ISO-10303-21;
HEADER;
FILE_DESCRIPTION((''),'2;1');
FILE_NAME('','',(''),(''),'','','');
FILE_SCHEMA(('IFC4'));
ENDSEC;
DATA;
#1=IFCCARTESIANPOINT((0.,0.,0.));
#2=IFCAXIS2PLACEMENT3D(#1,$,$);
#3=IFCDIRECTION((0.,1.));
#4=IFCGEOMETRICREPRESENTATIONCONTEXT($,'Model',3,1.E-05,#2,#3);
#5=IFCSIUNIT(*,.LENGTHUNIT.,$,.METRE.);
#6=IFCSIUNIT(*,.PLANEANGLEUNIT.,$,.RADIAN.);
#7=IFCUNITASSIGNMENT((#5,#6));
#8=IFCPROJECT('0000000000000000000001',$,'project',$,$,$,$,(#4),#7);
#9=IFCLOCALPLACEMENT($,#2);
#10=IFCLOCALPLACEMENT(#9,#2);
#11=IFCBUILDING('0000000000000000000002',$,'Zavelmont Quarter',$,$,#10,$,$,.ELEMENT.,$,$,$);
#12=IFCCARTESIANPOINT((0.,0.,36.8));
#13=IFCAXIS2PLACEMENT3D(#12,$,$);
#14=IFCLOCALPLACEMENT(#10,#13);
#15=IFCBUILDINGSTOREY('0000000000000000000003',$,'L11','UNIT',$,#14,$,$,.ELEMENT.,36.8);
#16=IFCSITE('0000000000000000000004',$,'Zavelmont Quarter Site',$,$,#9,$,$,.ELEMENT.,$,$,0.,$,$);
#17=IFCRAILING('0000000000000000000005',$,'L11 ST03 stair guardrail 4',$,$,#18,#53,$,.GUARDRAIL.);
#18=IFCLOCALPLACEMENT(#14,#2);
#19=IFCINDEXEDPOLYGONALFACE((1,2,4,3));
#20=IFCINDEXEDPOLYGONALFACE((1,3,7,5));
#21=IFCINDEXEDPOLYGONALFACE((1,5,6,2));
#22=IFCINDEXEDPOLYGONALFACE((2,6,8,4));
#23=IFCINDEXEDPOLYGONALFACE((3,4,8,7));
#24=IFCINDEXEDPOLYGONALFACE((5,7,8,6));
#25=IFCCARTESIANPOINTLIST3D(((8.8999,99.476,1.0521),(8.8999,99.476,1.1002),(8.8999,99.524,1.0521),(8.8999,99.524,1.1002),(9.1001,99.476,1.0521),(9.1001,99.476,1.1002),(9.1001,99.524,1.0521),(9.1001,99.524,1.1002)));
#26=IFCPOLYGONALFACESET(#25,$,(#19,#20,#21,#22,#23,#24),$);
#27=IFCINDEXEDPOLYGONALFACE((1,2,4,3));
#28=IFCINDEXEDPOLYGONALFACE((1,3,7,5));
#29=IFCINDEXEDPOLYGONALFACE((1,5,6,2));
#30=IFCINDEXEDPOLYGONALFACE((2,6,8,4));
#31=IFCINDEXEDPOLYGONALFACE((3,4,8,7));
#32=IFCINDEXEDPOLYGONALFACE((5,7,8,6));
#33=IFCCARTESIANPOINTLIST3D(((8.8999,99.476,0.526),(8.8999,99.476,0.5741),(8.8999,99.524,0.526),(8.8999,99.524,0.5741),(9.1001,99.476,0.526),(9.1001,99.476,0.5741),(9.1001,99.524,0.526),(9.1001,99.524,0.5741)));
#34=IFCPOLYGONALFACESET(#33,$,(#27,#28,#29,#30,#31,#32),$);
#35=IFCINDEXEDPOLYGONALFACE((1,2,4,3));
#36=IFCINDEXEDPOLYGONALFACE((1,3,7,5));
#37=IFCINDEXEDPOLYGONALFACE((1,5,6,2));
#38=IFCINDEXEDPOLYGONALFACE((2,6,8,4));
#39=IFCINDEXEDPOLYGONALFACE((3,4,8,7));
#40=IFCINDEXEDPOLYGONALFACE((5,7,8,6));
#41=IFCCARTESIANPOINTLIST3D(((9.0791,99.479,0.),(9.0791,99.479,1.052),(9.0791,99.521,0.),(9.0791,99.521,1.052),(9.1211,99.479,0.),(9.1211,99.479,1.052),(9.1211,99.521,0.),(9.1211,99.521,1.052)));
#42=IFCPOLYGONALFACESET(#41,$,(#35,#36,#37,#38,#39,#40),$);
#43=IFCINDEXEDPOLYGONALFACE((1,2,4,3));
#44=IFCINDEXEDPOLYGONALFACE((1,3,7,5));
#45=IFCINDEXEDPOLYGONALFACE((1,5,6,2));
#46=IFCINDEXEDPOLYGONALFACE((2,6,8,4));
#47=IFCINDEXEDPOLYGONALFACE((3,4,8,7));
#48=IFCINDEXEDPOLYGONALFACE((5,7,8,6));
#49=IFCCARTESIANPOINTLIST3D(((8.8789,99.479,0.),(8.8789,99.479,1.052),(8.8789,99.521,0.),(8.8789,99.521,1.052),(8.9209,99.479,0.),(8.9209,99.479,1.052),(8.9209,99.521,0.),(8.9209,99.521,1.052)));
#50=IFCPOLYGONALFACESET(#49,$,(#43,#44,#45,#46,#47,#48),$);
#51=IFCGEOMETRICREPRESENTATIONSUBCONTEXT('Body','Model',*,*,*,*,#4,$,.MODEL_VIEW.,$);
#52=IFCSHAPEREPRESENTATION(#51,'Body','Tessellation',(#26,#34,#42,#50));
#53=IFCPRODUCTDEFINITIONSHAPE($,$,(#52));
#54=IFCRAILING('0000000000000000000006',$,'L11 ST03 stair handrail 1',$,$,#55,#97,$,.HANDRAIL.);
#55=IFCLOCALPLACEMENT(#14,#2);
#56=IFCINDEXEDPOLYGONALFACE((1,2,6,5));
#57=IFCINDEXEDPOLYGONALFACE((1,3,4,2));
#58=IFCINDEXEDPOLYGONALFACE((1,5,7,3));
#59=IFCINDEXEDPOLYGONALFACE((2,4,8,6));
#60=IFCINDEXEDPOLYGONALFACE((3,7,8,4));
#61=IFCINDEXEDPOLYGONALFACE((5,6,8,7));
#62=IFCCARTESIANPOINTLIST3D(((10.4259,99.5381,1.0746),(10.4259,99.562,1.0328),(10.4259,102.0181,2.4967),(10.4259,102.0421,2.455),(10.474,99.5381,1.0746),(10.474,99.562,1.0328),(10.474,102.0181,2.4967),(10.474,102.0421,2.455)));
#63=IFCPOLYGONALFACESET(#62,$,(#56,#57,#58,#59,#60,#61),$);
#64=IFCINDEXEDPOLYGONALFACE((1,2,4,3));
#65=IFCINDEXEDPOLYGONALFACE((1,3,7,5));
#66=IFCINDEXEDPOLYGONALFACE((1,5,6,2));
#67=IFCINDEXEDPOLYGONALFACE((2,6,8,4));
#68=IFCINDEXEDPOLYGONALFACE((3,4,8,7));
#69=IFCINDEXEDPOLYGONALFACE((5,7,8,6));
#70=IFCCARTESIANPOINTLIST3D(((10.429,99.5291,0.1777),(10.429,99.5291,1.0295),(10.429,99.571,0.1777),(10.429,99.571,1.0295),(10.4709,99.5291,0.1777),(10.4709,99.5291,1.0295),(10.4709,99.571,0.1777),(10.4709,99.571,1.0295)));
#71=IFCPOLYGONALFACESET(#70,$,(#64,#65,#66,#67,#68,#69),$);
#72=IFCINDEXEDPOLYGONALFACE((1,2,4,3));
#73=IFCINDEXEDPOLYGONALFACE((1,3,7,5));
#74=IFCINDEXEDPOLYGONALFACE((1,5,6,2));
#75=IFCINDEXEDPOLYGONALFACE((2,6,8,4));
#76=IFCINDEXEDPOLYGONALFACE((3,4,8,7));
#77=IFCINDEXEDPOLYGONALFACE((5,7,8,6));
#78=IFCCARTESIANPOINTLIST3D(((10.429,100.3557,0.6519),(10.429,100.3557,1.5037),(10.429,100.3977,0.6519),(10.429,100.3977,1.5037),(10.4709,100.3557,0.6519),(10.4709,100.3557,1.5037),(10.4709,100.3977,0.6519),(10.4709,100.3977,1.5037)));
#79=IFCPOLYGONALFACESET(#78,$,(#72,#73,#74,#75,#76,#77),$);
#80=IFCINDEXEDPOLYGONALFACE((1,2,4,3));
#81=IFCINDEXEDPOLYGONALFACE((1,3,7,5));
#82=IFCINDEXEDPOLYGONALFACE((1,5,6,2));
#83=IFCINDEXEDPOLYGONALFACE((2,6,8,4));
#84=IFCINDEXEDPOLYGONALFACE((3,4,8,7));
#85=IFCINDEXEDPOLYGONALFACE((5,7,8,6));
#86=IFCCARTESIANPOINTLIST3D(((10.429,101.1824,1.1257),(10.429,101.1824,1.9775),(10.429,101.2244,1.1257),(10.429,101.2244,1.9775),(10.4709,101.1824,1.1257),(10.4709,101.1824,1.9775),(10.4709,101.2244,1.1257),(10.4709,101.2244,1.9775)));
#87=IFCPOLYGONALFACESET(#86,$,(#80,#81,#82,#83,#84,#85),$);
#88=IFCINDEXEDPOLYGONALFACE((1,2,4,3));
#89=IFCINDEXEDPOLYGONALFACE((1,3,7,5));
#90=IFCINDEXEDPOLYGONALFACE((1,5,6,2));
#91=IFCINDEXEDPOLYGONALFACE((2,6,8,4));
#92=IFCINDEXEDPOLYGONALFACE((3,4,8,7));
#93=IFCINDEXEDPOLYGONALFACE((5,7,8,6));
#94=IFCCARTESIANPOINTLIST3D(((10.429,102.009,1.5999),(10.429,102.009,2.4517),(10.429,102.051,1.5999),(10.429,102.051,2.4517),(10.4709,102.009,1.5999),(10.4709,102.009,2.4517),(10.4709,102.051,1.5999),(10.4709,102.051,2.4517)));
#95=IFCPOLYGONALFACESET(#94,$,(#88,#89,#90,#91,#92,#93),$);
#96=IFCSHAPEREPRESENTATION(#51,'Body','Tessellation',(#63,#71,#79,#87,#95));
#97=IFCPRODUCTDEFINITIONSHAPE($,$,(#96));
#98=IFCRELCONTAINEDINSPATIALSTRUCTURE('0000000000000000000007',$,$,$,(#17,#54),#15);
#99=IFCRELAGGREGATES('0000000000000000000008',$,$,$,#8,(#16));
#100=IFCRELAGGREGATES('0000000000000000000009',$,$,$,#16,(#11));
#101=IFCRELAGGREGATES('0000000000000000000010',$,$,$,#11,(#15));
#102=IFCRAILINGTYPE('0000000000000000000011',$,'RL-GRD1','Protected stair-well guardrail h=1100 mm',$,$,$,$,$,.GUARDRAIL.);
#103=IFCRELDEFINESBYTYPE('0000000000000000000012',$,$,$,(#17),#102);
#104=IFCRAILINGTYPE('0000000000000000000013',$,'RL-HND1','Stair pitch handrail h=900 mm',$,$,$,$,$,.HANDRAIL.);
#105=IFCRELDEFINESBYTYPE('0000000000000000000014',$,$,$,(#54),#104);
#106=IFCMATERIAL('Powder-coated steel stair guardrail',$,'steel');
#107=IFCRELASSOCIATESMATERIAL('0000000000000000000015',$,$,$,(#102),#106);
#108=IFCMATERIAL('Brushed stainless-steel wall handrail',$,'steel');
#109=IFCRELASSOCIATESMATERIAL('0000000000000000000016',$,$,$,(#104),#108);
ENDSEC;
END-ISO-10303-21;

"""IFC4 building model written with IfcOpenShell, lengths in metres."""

from ifc_helpers import new_model, si_unit, direction, frame, origin, origin_2d, place, context, subcontext, project, spatial, rectangle, extrude, material, type_object, element, save


model = new_model("IFC4")

# Units and contexts
model_context = context("Model", 3, precision=1e-05, world=origin(), true_north=direction((0.0, 1.0)))
body_context = subcontext(model_context, "Body", "Model", "MODEL_VIEW")
ifc_project = project(units=[si_unit("LENGTHUNIT", "METRE"), si_unit("PLANEANGLEUNIT", "RADIAN")], contexts=[model_context])

# Site, building, storey
site_placement = place(None, origin())
site = spatial("IfcSite", under=ifc_project, at=site_placement, Name="Zavelmont Quarter Site", CompositionType="ELEMENT", RefElevation=0.0)
building_placement = place(site_placement, origin())
building = spatial("IfcBuilding", under=site, at=building_placement, Name="Zavelmont Quarter", CompositionType="ELEMENT")
storey_placement = place(building_placement, frame((0.0, 0.0, 36.8)))
storey = spatial("IfcBuildingStorey", under=building, at=storey_placement, Name="L11", Description="UNIT", CompositionType="ELEMENT", Elevation=36.8)

# Railings
ifc_material_1 = material(Name="Powder-coated steel stair guardrail", Category="steel")
railing_type_1 = type_object("IfcRailingType", Name="RL-GRD1", Description="Protected stair-well guardrail h=1100 mm", PredefinedType="GUARDRAIL", material=ifc_material_1)
for number, where, name in (
    (1, (9.1001, 99.5, 0.0), "L11 ST03 stair guardrail 4"),
):
    element("IfcRailing", number, at=place(storey_placement, frame(where)), inside=storey, type_object=railing_type_1, Name=name, PredefinedType="GUARDRAIL", context=body_context, shape_type="SweptSolid", body=[
        extrude(rectangle(XDim=0.0481, YDim=0.0481, at=origin_2d()), frame((0.0, 0.0, 1.0762), z_axis=(-1.0, 0.0, 0.0), x_axis=(0.0, -1.0, 0.0)), (0.0, 0.0, 1.0), 0.2002),
        extrude(rectangle(XDim=0.0481, YDim=0.0481, at=origin_2d()), frame((0.0, 0.0, 0.55), z_axis=(-1.0, 0.0, 0.0), x_axis=(0.0, -1.0, 0.0)), (0.0, 0.0, 1.0), 0.2002),
        extrude(rectangle(XDim=0.042, YDim=0.042, at=origin_2d()), origin(), (0.0, 0.0, 1.0), 1.052),
        extrude(rectangle(XDim=0.042, YDim=0.042, at=origin_2d()), frame((-0.2002, 0.0, 0.0)), (0.0, 0.0, 1.0), 1.052),
    ])
ifc_material_2 = material(Name="Brushed stainless-steel wall handrail", Category="steel")
railing_type_2 = type_object("IfcRailingType", Name="RL-HND1", Description="Stair pitch handrail h=900 mm", PredefinedType="HANDRAIL", material=ifc_material_2)
railing_1_placement = place(storey_placement, frame((10.45, 99.55, 0.1777)))
element("IfcRailing", 2, at=railing_1_placement, inside=storey, type_object=railing_type_2, Name="L11 ST03 stair handrail 1", PredefinedType="HANDRAIL", context=body_context, shape_type="SweptSolid", body=[
    extrude(rectangle(XDim=0.0481, YDim=0.0481, at=origin_2d()), frame((0.0, 0.0, 0.876), z_axis=(0.0, 0.867491, 0.497454), x_axis=(-1.0, 0.0, 0.0)), (0.0, 0.0, 1.0), 2.8589),
    extrude(rectangle(XDim=0.042, YDim=0.042, at=origin_2d()), origin(), (0.0, 0.0, 1.0), 0.8518),
    extrude(rectangle(XDim=0.042, YDim=0.042, at=origin_2d()), frame((0.0, 0.8267, 0.4741)), (0.0, 0.0, 1.0), 0.8518),
    extrude(rectangle(XDim=0.042, YDim=0.042, at=origin_2d()), frame((0.0, 1.6533, 0.948)), (0.0, 0.0, 1.0), 0.8518),
    extrude(rectangle(XDim=0.042, YDim=0.042, at=origin_2d()), frame((0.0, 2.48, 1.4221)), (0.0, 0.0, 1.0), 0.8518),
])

save(model, "model.ifc")
